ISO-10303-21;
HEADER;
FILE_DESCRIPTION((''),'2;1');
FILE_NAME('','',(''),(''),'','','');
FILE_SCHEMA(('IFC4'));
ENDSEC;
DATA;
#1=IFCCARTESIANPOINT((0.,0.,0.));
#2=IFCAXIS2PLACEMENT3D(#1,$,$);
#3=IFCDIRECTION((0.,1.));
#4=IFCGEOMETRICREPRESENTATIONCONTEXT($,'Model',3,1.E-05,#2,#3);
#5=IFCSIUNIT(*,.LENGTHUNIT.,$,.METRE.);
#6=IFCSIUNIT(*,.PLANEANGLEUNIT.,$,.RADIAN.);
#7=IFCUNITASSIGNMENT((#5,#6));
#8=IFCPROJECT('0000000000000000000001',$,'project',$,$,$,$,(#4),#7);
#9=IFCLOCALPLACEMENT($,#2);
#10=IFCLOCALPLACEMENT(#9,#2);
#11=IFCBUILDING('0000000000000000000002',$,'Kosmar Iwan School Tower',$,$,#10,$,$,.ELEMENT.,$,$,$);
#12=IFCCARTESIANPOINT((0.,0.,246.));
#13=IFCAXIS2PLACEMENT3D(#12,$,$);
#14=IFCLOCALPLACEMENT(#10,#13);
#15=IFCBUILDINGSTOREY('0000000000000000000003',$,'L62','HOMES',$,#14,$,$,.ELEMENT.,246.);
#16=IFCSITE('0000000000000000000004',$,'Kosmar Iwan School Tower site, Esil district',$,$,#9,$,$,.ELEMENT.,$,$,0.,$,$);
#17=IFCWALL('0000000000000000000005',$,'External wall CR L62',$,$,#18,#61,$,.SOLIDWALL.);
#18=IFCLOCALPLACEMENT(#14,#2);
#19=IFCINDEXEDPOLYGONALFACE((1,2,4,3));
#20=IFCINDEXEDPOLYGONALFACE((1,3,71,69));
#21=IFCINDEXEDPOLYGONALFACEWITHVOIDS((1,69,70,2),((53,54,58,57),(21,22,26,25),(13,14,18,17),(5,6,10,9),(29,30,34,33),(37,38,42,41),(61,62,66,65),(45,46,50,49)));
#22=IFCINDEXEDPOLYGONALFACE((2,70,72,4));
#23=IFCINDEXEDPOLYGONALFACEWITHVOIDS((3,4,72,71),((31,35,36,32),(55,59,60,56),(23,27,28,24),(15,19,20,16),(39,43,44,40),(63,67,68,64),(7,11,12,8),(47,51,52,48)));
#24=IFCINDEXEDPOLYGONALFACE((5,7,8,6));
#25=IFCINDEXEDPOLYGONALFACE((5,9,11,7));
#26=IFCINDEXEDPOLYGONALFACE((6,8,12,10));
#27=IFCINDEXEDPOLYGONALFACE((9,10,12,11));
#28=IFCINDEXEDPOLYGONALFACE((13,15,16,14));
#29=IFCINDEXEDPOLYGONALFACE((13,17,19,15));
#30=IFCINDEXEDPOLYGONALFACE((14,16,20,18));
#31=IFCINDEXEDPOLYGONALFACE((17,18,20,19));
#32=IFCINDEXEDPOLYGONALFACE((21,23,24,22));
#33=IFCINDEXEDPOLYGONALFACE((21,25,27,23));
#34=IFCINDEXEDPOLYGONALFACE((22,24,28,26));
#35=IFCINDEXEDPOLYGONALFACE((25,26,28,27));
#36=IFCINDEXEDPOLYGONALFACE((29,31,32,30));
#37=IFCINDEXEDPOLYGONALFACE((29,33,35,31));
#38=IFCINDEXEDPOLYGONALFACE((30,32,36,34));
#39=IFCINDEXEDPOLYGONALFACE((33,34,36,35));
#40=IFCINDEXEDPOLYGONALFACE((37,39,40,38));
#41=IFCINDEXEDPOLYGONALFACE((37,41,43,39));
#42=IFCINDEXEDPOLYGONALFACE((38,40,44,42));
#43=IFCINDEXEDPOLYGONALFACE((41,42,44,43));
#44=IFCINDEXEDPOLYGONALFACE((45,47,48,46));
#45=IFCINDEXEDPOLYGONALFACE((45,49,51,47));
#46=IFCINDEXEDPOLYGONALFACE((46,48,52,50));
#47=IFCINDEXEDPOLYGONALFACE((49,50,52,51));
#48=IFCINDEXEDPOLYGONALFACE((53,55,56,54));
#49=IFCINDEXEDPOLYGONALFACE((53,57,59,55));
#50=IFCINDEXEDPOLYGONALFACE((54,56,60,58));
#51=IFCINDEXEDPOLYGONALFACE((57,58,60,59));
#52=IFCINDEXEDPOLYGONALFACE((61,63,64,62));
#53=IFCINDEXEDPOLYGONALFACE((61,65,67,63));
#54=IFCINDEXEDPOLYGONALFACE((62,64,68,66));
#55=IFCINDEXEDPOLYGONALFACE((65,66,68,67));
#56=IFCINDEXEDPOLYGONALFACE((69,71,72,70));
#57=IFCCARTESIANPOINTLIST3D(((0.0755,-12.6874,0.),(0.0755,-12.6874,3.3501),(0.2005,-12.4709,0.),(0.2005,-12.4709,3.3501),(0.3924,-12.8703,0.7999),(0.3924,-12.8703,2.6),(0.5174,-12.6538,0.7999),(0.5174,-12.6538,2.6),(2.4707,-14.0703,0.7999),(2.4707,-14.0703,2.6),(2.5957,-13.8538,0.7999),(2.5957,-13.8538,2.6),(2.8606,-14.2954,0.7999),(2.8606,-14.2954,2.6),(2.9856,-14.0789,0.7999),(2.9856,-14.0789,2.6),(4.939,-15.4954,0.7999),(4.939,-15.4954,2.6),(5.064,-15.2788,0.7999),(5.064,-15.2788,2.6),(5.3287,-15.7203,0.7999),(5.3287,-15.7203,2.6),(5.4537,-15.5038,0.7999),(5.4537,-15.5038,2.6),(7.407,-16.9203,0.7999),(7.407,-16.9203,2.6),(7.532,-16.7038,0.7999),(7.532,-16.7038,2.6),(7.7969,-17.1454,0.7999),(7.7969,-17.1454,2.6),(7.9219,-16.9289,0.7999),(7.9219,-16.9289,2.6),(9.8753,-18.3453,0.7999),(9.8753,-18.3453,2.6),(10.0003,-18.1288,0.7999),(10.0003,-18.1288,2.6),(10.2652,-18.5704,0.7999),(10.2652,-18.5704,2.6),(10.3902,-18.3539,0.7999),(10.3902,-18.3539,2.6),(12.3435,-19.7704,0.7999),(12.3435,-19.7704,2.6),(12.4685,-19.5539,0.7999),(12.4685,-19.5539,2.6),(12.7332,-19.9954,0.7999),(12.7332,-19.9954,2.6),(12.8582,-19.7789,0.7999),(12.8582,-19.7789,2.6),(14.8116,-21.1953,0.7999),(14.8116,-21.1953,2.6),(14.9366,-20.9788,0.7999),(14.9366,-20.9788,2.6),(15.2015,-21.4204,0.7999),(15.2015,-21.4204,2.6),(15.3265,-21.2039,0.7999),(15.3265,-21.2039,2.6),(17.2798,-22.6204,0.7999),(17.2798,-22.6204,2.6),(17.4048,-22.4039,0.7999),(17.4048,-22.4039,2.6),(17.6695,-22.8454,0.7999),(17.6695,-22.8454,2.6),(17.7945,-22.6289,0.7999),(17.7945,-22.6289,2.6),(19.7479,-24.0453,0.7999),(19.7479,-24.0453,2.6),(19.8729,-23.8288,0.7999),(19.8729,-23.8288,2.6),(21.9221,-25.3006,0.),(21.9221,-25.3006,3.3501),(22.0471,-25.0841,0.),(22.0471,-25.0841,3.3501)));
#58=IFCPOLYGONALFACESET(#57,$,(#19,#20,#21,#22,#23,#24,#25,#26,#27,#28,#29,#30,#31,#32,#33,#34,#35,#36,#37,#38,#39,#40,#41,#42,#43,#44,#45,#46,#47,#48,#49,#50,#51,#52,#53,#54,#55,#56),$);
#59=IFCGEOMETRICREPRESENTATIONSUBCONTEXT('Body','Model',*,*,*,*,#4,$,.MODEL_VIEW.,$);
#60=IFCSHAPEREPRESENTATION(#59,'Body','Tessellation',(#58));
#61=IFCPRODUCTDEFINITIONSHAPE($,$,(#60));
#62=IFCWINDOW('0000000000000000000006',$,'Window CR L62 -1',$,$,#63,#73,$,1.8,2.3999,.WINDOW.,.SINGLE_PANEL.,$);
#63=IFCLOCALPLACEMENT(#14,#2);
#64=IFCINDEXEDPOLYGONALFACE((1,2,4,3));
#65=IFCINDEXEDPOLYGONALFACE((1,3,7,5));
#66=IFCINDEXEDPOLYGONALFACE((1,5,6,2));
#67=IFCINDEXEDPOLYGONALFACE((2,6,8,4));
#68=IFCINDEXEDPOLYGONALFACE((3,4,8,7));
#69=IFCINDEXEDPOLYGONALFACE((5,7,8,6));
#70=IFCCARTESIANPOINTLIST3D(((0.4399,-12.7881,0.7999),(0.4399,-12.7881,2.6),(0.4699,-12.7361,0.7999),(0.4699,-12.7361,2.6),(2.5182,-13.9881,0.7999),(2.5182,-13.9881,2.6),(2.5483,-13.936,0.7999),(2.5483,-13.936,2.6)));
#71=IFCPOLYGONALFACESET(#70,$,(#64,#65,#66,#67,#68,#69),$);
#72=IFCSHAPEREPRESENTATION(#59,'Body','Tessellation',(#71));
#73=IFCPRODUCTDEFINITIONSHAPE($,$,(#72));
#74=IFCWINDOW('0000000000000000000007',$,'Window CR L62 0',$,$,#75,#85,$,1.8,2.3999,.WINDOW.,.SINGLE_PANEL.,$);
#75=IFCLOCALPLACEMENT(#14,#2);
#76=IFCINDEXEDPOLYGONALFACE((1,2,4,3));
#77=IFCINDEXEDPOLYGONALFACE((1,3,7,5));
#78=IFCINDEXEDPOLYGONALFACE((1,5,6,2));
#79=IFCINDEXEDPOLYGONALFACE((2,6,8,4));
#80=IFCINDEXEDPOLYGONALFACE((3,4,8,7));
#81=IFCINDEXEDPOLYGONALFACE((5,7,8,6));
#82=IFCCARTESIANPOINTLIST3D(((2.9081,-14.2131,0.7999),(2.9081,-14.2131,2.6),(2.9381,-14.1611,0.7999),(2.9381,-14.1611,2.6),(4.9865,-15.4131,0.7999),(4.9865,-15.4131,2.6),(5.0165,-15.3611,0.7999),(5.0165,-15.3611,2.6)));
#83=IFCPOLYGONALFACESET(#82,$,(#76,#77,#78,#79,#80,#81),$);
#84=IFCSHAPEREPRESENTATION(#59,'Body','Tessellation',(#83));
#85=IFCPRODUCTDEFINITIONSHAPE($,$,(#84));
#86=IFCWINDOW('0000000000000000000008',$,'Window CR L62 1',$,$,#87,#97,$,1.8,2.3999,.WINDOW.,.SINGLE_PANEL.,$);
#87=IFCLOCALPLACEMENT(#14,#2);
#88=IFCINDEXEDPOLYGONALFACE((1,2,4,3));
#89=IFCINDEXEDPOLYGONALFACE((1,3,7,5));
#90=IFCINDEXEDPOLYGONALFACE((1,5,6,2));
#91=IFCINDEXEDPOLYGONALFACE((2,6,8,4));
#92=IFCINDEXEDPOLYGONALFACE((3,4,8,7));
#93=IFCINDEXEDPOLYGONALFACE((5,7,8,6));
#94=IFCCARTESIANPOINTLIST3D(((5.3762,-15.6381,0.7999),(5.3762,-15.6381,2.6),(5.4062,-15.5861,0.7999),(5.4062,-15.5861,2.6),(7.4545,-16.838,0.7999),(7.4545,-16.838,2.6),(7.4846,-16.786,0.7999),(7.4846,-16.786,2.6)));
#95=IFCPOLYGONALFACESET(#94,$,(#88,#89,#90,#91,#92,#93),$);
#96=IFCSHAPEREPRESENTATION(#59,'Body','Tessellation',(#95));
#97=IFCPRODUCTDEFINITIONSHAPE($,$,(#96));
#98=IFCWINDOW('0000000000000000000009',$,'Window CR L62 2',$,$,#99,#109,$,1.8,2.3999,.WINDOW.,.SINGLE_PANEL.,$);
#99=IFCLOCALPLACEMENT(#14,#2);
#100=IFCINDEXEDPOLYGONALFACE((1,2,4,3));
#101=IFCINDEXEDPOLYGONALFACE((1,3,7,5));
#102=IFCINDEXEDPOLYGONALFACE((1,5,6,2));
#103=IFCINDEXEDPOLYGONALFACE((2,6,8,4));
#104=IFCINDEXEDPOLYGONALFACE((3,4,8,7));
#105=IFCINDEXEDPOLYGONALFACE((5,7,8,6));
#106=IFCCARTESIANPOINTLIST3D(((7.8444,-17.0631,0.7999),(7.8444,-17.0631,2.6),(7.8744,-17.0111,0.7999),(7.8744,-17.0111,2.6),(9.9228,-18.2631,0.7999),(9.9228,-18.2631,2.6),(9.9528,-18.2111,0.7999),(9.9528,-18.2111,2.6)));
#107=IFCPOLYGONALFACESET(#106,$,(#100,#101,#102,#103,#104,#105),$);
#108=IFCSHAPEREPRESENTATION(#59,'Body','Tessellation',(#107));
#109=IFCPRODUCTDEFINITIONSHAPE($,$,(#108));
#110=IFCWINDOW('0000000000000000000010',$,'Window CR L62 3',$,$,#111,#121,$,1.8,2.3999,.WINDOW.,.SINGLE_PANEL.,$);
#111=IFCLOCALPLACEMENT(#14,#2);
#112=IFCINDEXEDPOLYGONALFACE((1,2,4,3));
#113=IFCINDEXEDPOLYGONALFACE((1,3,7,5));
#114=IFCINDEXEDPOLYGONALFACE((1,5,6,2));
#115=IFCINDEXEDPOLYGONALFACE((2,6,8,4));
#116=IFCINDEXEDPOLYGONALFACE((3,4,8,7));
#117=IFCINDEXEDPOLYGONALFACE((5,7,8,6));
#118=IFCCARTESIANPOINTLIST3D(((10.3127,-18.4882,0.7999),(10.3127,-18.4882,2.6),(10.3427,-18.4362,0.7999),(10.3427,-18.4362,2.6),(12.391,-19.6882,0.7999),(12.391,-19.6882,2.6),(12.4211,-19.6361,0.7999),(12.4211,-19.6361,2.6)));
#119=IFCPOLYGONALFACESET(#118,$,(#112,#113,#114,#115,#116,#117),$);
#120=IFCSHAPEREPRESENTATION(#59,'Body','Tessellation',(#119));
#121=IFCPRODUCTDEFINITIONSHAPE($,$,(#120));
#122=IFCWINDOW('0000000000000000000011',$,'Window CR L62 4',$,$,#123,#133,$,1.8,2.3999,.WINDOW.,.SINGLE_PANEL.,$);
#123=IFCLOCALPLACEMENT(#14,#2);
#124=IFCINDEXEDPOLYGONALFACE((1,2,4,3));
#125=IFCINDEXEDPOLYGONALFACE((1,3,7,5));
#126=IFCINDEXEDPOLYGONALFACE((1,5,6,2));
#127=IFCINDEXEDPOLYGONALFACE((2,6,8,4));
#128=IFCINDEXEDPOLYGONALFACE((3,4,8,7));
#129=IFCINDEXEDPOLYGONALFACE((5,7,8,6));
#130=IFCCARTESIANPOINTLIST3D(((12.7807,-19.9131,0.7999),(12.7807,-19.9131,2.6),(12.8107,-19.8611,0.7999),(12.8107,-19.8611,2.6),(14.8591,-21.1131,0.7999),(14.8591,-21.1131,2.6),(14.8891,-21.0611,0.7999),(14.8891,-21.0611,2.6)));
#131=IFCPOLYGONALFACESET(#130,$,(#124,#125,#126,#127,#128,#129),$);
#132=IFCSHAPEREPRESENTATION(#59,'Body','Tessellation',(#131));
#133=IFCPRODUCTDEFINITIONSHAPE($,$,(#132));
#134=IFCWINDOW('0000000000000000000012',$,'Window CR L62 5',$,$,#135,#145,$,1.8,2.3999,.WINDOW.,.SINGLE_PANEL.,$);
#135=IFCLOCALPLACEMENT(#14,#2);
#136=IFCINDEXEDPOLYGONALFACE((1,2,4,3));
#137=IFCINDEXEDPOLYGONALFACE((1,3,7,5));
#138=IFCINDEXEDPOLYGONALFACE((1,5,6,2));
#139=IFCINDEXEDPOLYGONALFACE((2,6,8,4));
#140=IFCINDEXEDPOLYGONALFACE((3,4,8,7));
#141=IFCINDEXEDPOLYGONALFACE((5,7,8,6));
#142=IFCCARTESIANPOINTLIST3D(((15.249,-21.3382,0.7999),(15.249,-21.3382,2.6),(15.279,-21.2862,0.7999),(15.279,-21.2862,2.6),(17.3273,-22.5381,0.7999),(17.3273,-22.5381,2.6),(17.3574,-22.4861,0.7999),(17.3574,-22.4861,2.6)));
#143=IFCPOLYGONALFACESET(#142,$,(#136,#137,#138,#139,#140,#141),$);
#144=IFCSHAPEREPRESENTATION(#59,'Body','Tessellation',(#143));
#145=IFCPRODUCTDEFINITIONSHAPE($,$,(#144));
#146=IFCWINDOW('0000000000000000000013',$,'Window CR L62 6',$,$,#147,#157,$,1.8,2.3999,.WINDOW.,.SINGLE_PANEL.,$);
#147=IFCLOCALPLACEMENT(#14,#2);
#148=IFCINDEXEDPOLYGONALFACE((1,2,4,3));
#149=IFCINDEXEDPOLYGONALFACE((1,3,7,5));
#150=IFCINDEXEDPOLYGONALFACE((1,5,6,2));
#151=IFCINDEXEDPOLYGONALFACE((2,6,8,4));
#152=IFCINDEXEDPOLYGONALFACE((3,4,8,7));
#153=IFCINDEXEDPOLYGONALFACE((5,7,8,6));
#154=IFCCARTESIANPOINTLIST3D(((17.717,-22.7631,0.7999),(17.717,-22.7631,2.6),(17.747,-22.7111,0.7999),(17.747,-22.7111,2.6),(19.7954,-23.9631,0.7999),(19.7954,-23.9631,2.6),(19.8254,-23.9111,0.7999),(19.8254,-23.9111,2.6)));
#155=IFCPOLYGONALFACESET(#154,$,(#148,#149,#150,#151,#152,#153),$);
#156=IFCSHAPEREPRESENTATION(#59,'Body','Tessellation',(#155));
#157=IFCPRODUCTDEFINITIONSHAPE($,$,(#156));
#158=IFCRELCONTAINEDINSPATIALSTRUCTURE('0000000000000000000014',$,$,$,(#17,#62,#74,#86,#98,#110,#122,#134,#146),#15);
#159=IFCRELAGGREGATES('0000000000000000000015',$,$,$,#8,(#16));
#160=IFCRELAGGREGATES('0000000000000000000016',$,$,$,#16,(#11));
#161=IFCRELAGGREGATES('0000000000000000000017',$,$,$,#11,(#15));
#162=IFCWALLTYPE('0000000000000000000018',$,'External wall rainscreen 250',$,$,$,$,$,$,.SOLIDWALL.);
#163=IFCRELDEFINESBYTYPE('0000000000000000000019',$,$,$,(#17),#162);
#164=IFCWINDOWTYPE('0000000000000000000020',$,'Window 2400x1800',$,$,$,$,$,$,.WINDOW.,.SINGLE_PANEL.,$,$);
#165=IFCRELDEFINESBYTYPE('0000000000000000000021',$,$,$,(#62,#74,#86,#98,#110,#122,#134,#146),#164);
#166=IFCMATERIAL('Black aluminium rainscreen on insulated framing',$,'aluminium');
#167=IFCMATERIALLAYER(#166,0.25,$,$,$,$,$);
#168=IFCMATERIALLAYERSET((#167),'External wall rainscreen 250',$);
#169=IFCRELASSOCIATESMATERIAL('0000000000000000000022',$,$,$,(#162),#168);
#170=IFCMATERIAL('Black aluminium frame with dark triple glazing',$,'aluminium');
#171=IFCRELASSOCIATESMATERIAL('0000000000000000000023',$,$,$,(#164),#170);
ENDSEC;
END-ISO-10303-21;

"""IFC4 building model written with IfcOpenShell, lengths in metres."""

from ifc_helpers import new_model, si_unit, direction, frame, frame_2d, origin, place, context, subcontext, project, spatial, rectangle, extrude, material, layer, layer_set, type_object, element, fill, save


model = new_model("IFC4")

# Units and contexts
model_context = context("Model", 3, precision=1e-05, world=origin(), true_north=direction((0.0, 1.0)))
body_context = subcontext(model_context, "Body", "Model", "MODEL_VIEW")
ifc_project = project(units=[si_unit("LENGTHUNIT", "METRE"), si_unit("PLANEANGLEUNIT", "RADIAN")], contexts=[model_context])

# Site, building, storey
site_placement = place(None, origin())
site = spatial("IfcSite", under=ifc_project, at=site_placement, Name="Kosmar Iwan School Tower site, Esil district", CompositionType="ELEMENT", RefElevation=0.0)
building_placement = place(site_placement, origin())
building = spatial("IfcBuilding", under=site, at=building_placement, Name="Kosmar Iwan School Tower", CompositionType="ELEMENT")
storey_placement = place(building_placement, frame((0.0, 0.0, 246.0)))
storey = spatial("IfcBuildingStorey", under=building, at=storey_placement, Name="L62", Description="HOMES", CompositionType="ELEMENT", Elevation=246.0)

# Wall, openings, windows
ifc_material_1 = material(Name="Black aluminium rainscreen on insulated framing", Category="aluminium")
ifc_layer_1 = layer(ifc_material_1, 0.25)
ifc_layer_set_1 = layer_set([ifc_layer_1], Name="External wall rainscreen 250")
wall_type_1 = type_object("IfcWallType", Name="External wall rainscreen 250", PredefinedType="SOLIDWALL", material=ifc_layer_set_1)
ifc_material_2 = material(Name="Black aluminium frame with dark triple glazing", Category="aluminium")
window_type = type_object("IfcWindowType", Name="Window 2400x1800", PartitioningType="SINGLE_PANEL", PredefinedType="WINDOW", material=ifc_material_2)
wall_1_placement = place(storey_placement, frame((0.1379, -12.5791, 0.0), z_axis=(0.0, 0.0, 1.0), x_axis=(0.866024, -0.500003, 0.0)))
wall_1 = element("IfcWall", 1, at=wall_1_placement, inside=storey, type_object=wall_type_1, Name="External wall CR L62", PredefinedType="SOLIDWALL", context=body_context, shape_type="SweptSolid", body=[
    extrude(rectangle(XDim=25.2263, YDim=0.25, at=frame_2d((12.6133, 0.0))), origin(), (0.0, 0.0, 1.0), 3.3501),
])
opening_1_placement = place(wall_1_placement, frame((0.366, 0.0, 0.8)))
opening_1 = element("IfcOpeningElement", 2, at=opening_1_placement, cuts=wall_1, PredefinedType="OPENING", context=body_context, shape_type="SweptSolid", body=[
    extrude(rectangle(XDim=2.3999, YDim=1.8, at=frame_2d((1.2, 0.8999))), frame((0.0, 0.137, 0.0), z_axis=(0.0, -1.0, 0.0), x_axis=(1.0, 0.0, 0.0)), (0.0, 0.0, 1.0), 0.2739),
])
opening_2_placement = place(wall_1_placement, frame((3.2161, 0.0, 0.8)))
opening_2 = element("IfcOpeningElement", 3, at=opening_2_placement, cuts=wall_1, PredefinedType="OPENING", context=body_context, shape_type="SweptSolid", body=[
    extrude(rectangle(XDim=2.3999, YDim=1.8, at=frame_2d((1.2, 0.8999))), frame((0.0, 0.137, 0.0), z_axis=(0.0, -1.0, 0.0), x_axis=(1.0, 0.0, 0.0)), (0.0, 0.0, 1.0), 0.2739),
])
opening_3_placement = place(wall_1_placement, frame((6.0659, 0.0, 0.8)))
opening_3 = element("IfcOpeningElement", 4, at=opening_3_placement, cuts=wall_1, PredefinedType="OPENING", context=body_context, shape_type="SweptSolid", body=[
    extrude(rectangle(XDim=2.3999, YDim=1.8, at=frame_2d((1.2, 0.8999))), frame((0.0, 0.137, 0.0), z_axis=(0.0, -1.0, 0.0), x_axis=(1.0, 0.0, 0.0)), (0.0, 0.0, 1.0), 0.2739),
])
opening_4_placement = place(wall_1_placement, frame((8.916, 0.0, 0.8)))
opening_4 = element("IfcOpeningElement", 5, at=opening_4_placement, cuts=wall_1, PredefinedType="OPENING", context=body_context, shape_type="SweptSolid", body=[
    extrude(rectangle(XDim=2.3999, YDim=1.8, at=frame_2d((1.2, 0.8999))), frame((0.0, 0.137, 0.0), z_axis=(0.0, -1.0, 0.0), x_axis=(1.0, 0.0, 0.0)), (0.0, 0.0, 1.0), 0.2739),
])
opening_5_placement = place(wall_1_placement, frame((11.7661, 0.0, 0.8)))
opening_5 = element("IfcOpeningElement", 6, at=opening_5_placement, cuts=wall_1, PredefinedType="OPENING", context=body_context, shape_type="SweptSolid", body=[
    extrude(rectangle(XDim=2.3999, YDim=1.8, at=frame_2d((1.2, 0.8999))), frame((0.0, 0.137, 0.0), z_axis=(0.0, -1.0, 0.0), x_axis=(1.0, 0.0, 0.0)), (0.0, 0.0, 1.0), 0.2739),
])
opening_6_placement = place(wall_1_placement, frame((14.616, 0.0, 0.8)))
opening_6 = element("IfcOpeningElement", 7, at=opening_6_placement, cuts=wall_1, PredefinedType="OPENING", context=body_context, shape_type="SweptSolid", body=[
    extrude(rectangle(XDim=2.3999, YDim=1.8, at=frame_2d((1.2, 0.8999))), frame((0.0, 0.137, 0.0), z_axis=(0.0, -1.0, 0.0), x_axis=(1.0, 0.0, 0.0)), (0.0, 0.0, 1.0), 0.2739),
])
opening_7_placement = place(wall_1_placement, frame((17.4661, 0.0, 0.8)))
opening_7 = element("IfcOpeningElement", 8, at=opening_7_placement, cuts=wall_1, PredefinedType="OPENING", context=body_context, shape_type="SweptSolid", body=[
    extrude(rectangle(XDim=2.3999, YDim=1.8, at=frame_2d((1.2, 0.8999))), frame((0.0, 0.137, 0.0), z_axis=(0.0, -1.0, 0.0), x_axis=(1.0, 0.0, 0.0)), (0.0, 0.0, 1.0), 0.2739),
])
opening_8_placement = place(wall_1_placement, frame((20.3159, 0.0, 0.8)))
opening_8 = element("IfcOpeningElement", 9, at=opening_8_placement, cuts=wall_1, PredefinedType="OPENING", context=body_context, shape_type="SweptSolid", body=[
    extrude(rectangle(XDim=2.3999, YDim=1.8, at=frame_2d((1.2, 0.8999))), frame((0.0, 0.137, 0.0), z_axis=(0.0, -1.0, 0.0), x_axis=(1.0, 0.0, 0.0)), (0.0, 0.0, 1.0), 0.2739),
])
window_1_placement = place(opening_1_placement, origin())
window_1 = element("IfcWindow", 10, at=window_1_placement, inside=storey, type_object=window_type, Name="Window CR L62 -1", OverallHeight=1.8, OverallWidth=2.3999, PartitioningType="SINGLE_PANEL", PredefinedType="WINDOW", context=body_context, shape_type="SweptSolid", body=[
    extrude(rectangle(XDim=2.3999, YDim=1.8, at=frame_2d((1.2, 0.8999))), frame((0.0, 0.03, 0.0), z_axis=(0.0, -1.0, 0.0), x_axis=(1.0, 0.0, 0.0)), (0.0, 0.0, 1.0), 0.0601),
])
fill(opening_1, window_1)
window_2_placement = place(opening_2_placement, origin())
window_2 = element("IfcWindow", 11, at=window_2_placement, inside=storey, type_object=window_type, Name="Window CR L62 0", OverallHeight=1.8, OverallWidth=2.3999, PartitioningType="SINGLE_PANEL", PredefinedType="WINDOW", context=body_context, shape_type="SweptSolid", body=[
    extrude(rectangle(XDim=2.3999, YDim=1.8, at=frame_2d((1.2, 0.8999))), frame((0.0, 0.03, 0.0), z_axis=(0.0, -1.0, 0.0), x_axis=(1.0, 0.0, 0.0)), (0.0, 0.0, 1.0), 0.0601),
])
fill(opening_2, window_2)
window_3_placement = place(opening_3_placement, origin())
window_3 = element("IfcWindow", 12, at=window_3_placement, inside=storey, type_object=window_type, Name="Window CR L62 1", OverallHeight=1.8, OverallWidth=2.3999, PartitioningType="SINGLE_PANEL", PredefinedType="WINDOW", context=body_context, shape_type="SweptSolid", body=[
    extrude(rectangle(XDim=2.3999, YDim=1.8, at=frame_2d((1.2, 0.8999))), frame((0.0, 0.03, 0.0), z_axis=(0.0, -1.0, 0.0), x_axis=(1.0, 0.0, 0.0)), (0.0, 0.0, 1.0), 0.0601),
])
fill(opening_3, window_3)
window_4_placement = place(opening_4_placement, origin())
window_4 = element("IfcWindow", 13, at=window_4_placement, inside=storey, type_object=window_type, Name="Window CR L62 2", OverallHeight=1.8, OverallWidth=2.3999, PartitioningType="SINGLE_PANEL", PredefinedType="WINDOW", context=body_context, shape_type="SweptSolid", body=[
    extrude(rectangle(XDim=2.3999, YDim=1.8, at=frame_2d((1.2, 0.8999))), frame((0.0, 0.03, 0.0), z_axis=(0.0, -1.0, 0.0), x_axis=(1.0, 0.0, 0.0)), (0.0, 0.0, 1.0), 0.0601),
])
fill(opening_4, window_4)
window_5_placement = place(opening_5_placement, origin())
window_5 = element("IfcWindow", 14, at=window_5_placement, inside=storey, type_object=window_type, Name="Window CR L62 3", OverallHeight=1.8, OverallWidth=2.3999, PartitioningType="SINGLE_PANEL", PredefinedType="WINDOW", context=body_context, shape_type="SweptSolid", body=[
    extrude(rectangle(XDim=2.3999, YDim=1.8, at=frame_2d((1.2, 0.8999))), frame((0.0, 0.03, 0.0), z_axis=(0.0, -1.0, 0.0), x_axis=(1.0, 0.0, 0.0)), (0.0, 0.0, 1.0), 0.0601),
])
fill(opening_5, window_5)
window_6_placement = place(opening_6_placement, origin())
window_6 = element("IfcWindow", 15, at=window_6_placement, inside=storey, type_object=window_type, Name="Window CR L62 4", OverallHeight=1.8, OverallWidth=2.3999, PartitioningType="SINGLE_PANEL", PredefinedType="WINDOW", context=body_context, shape_type="SweptSolid", body=[
    extrude(rectangle(XDim=2.3999, YDim=1.8, at=frame_2d((1.2, 0.8999))), frame((0.0, 0.03, 0.0), z_axis=(0.0, -1.0, 0.0), x_axis=(1.0, 0.0, 0.0)), (0.0, 0.0, 1.0), 0.0601),
])
fill(opening_6, window_6)
window_7_placement = place(opening_7_placement, origin())
window_7 = element("IfcWindow", 16, at=window_7_placement, inside=storey, type_object=window_type, Name="Window CR L62 5", OverallHeight=1.8, OverallWidth=2.3999, PartitioningType="SINGLE_PANEL", PredefinedType="WINDOW", context=body_context, shape_type="SweptSolid", body=[
    extrude(rectangle(XDim=2.3999, YDim=1.8, at=frame_2d((1.2, 0.8999))), frame((0.0, 0.03, 0.0), z_axis=(0.0, -1.0, 0.0), x_axis=(1.0, 0.0, 0.0)), (0.0, 0.0, 1.0), 0.0601),
])
fill(opening_7, window_7)
window_8_placement = place(opening_8_placement, origin())
window_8 = element("IfcWindow", 17, at=window_8_placement, inside=storey, type_object=window_type, Name="Window CR L62 6", OverallHeight=1.8, OverallWidth=2.3999, PartitioningType="SINGLE_PANEL", PredefinedType="WINDOW", context=body_context, shape_type="SweptSolid", body=[
    extrude(rectangle(XDim=2.3999, YDim=1.8, at=frame_2d((1.2, 0.8999))), frame((0.0, 0.03, 0.0), z_axis=(0.0, -1.0, 0.0), x_axis=(1.0, 0.0, 0.0)), (0.0, 0.0, 1.0), 0.0601),
])
fill(opening_8, window_8)

save(model, "model.ifc")
